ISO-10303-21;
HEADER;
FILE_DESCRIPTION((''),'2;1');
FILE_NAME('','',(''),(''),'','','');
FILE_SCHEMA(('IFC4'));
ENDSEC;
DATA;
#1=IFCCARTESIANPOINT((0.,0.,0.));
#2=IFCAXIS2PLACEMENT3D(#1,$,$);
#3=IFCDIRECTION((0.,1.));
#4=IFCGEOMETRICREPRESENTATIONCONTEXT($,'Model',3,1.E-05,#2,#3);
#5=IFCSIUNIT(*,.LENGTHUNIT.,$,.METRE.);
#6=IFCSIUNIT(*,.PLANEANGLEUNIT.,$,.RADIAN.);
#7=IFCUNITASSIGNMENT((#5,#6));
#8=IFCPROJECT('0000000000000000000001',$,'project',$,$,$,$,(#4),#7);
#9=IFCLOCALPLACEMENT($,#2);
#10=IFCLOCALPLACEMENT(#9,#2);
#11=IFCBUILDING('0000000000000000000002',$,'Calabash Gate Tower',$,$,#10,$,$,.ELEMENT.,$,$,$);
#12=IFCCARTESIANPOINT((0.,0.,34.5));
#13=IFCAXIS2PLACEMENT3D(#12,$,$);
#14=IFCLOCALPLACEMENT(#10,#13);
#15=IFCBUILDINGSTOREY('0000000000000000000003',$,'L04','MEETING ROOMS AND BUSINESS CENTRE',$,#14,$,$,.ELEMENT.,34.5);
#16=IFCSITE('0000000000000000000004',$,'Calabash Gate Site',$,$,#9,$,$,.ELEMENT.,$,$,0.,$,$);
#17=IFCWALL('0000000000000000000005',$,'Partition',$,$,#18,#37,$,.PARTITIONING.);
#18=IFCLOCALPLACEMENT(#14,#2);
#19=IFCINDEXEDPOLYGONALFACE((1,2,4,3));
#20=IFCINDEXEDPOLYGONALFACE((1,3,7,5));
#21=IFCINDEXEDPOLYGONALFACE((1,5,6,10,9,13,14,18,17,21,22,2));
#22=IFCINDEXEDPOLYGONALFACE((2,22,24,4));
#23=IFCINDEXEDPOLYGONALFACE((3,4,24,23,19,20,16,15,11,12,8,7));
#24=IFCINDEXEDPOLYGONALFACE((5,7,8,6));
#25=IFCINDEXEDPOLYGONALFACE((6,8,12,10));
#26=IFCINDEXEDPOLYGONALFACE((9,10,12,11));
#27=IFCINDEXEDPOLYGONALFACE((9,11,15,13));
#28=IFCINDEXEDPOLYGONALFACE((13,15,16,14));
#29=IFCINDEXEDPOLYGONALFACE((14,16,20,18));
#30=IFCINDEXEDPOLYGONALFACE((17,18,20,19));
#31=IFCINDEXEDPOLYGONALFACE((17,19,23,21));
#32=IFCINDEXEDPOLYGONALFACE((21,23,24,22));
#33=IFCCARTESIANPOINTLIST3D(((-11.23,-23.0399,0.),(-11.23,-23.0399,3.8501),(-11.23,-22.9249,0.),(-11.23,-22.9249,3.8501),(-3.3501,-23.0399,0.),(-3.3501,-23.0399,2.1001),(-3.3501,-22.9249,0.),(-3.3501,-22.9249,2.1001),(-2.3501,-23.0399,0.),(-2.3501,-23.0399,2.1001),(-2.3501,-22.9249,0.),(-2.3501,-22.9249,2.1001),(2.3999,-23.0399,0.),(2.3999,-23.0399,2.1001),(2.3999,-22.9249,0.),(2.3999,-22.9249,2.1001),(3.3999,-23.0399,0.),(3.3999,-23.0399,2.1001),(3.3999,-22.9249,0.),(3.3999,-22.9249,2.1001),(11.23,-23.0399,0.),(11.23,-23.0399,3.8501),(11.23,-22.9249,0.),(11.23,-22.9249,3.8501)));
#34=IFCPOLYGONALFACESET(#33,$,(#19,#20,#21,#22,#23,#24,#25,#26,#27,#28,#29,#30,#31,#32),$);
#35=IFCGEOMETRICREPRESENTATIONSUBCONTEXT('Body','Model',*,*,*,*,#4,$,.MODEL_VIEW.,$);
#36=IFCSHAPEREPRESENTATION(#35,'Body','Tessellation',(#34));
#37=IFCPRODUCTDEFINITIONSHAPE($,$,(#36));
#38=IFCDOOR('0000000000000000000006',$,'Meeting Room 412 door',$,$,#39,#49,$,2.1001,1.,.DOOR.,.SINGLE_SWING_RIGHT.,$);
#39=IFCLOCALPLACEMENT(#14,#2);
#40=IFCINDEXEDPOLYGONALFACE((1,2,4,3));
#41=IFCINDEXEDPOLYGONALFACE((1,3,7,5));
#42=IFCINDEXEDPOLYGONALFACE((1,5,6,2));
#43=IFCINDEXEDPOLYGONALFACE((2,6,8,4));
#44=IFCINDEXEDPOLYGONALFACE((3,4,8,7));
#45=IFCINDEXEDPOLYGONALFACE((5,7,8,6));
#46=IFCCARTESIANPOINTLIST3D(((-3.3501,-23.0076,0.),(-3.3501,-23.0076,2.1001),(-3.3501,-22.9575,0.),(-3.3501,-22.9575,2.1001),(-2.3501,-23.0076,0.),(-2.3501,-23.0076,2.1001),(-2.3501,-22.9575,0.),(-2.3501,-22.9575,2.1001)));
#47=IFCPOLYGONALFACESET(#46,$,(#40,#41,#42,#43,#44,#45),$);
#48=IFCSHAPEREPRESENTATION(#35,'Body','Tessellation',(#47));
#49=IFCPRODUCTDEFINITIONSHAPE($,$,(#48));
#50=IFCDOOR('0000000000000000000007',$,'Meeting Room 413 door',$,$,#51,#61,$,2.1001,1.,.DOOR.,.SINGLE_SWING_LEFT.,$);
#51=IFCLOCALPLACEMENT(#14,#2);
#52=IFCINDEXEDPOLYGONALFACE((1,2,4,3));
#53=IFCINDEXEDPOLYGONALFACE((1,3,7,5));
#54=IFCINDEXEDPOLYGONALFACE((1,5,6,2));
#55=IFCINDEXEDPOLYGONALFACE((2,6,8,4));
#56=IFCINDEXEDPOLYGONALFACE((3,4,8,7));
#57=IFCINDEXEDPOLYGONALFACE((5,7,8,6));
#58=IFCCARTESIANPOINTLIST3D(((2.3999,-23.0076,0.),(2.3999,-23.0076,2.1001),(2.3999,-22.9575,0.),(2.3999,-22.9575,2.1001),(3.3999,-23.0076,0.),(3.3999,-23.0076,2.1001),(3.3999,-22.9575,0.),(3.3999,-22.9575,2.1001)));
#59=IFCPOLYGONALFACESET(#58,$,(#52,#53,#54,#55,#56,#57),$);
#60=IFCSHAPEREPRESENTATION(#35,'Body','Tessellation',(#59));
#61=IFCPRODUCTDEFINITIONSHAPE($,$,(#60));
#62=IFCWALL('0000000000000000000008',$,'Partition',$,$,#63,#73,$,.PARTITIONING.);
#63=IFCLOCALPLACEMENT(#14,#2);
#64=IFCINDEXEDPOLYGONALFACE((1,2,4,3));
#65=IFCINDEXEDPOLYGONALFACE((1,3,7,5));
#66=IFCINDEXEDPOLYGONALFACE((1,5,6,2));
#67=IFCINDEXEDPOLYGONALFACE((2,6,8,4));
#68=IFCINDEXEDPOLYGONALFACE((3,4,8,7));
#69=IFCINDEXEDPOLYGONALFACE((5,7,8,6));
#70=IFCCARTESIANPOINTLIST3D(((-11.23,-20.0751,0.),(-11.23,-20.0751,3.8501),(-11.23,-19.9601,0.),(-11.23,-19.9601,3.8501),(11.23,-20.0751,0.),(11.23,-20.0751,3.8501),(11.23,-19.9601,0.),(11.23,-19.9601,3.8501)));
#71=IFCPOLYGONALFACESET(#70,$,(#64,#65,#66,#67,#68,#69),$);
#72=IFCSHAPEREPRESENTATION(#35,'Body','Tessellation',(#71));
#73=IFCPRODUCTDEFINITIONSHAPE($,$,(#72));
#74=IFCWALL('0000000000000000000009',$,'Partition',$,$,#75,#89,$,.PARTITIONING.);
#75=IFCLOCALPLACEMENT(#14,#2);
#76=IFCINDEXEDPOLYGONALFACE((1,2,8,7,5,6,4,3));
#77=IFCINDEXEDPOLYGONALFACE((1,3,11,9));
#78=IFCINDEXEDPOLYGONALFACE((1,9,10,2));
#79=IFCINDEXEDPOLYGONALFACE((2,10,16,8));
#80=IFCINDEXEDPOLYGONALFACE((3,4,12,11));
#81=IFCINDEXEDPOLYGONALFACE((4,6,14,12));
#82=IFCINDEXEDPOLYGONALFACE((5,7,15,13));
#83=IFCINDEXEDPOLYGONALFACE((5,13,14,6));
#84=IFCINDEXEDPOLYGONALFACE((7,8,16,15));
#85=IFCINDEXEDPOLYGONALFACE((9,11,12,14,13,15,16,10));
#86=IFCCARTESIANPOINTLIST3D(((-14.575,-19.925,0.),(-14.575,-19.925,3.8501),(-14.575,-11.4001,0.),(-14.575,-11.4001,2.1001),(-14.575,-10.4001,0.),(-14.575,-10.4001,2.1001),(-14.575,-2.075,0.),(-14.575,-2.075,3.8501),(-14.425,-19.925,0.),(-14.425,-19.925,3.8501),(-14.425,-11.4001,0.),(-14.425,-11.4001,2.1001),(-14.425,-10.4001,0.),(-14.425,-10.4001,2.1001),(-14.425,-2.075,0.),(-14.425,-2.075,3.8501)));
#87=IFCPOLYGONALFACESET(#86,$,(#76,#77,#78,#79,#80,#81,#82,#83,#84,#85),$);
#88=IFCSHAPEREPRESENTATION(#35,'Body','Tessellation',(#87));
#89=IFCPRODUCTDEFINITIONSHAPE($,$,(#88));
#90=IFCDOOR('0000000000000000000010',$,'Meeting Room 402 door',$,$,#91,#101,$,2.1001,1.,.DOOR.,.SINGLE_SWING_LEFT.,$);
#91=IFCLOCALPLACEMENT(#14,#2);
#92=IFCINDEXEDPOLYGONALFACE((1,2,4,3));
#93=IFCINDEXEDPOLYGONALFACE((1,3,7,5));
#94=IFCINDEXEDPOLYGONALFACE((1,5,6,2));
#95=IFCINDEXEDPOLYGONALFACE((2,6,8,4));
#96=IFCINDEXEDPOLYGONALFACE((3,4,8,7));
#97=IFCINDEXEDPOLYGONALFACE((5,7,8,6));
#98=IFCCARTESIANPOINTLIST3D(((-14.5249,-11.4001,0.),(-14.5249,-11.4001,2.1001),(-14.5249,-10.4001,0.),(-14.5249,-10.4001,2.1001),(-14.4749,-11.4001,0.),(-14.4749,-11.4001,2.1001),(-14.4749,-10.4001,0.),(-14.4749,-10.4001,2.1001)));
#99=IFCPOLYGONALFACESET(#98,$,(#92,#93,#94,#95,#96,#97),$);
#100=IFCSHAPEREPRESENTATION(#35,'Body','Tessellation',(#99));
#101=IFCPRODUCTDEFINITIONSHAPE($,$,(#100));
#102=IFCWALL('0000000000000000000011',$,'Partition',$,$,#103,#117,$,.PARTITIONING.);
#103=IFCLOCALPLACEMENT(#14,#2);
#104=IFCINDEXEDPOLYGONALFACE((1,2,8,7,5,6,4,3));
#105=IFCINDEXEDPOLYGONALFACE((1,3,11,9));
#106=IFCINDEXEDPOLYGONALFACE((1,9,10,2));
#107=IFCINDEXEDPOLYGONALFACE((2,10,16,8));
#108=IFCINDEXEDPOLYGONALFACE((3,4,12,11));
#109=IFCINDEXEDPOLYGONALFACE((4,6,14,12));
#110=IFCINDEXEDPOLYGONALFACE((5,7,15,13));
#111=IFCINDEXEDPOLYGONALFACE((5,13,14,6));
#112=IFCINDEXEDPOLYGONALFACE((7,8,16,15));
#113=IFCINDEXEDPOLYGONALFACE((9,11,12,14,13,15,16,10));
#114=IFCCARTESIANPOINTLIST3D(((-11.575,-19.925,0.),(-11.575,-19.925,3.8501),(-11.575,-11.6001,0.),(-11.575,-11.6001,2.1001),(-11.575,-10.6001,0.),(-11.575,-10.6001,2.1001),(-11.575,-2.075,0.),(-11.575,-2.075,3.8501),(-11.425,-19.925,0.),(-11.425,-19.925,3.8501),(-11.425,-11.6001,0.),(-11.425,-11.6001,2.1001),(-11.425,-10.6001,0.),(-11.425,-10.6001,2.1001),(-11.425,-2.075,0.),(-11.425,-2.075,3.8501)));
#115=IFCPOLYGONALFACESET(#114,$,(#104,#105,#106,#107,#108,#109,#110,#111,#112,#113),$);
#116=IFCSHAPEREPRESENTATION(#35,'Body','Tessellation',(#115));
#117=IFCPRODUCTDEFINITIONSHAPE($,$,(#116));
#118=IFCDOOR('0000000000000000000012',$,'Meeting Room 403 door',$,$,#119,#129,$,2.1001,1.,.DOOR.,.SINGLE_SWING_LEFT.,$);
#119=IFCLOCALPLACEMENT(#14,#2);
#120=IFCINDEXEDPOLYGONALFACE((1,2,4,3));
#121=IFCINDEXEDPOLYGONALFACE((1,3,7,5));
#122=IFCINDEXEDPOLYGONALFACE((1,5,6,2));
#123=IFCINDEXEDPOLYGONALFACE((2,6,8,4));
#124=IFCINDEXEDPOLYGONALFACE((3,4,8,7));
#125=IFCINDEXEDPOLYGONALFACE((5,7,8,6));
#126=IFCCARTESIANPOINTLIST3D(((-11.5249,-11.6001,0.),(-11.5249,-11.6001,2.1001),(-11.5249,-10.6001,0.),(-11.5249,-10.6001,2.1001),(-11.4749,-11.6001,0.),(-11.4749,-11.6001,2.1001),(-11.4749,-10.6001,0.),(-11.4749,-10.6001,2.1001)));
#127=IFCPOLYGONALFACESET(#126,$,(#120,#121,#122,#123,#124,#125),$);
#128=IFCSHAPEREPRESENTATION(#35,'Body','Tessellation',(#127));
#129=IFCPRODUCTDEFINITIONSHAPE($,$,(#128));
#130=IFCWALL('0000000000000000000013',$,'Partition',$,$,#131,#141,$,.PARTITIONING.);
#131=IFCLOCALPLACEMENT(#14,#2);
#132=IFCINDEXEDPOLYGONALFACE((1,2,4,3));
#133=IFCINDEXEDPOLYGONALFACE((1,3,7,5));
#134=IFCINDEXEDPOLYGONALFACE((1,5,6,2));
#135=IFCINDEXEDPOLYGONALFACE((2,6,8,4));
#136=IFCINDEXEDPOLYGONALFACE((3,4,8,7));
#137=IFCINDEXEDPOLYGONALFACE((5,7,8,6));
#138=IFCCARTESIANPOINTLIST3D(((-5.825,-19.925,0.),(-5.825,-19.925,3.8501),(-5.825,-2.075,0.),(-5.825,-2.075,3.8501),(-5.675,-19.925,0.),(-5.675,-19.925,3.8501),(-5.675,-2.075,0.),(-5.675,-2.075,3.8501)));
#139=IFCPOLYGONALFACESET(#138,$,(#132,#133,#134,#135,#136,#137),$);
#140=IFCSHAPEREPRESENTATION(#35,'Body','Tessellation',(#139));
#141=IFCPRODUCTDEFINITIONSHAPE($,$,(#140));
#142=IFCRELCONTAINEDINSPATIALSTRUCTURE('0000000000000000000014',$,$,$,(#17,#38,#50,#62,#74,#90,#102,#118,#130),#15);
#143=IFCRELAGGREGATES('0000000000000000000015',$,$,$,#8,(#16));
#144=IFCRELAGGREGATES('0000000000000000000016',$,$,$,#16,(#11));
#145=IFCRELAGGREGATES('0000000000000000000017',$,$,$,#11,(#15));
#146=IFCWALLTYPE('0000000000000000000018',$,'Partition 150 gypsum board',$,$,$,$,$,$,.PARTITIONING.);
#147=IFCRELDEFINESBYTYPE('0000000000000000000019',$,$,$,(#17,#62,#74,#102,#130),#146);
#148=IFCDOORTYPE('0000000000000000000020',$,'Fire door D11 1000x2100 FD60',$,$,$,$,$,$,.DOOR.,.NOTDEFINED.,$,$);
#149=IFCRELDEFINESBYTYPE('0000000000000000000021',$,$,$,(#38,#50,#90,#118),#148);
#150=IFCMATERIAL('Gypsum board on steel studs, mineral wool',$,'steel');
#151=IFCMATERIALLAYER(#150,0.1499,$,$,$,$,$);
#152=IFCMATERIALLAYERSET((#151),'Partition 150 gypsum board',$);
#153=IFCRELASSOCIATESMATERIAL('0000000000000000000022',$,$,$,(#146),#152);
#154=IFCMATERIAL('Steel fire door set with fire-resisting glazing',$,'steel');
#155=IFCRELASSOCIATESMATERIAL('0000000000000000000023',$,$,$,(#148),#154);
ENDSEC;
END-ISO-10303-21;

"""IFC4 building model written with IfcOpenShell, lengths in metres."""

from ifc_helpers import new_model, si_unit, direction, frame, frame_2d, origin, place, context, subcontext, project, spatial, rectangle, extrude, material, layer, layer_set, type_object, element, fill, save


model = new_model("IFC4")

# Units and contexts
model_context = context("Model", 3, precision=1e-05, world=origin(), true_north=direction((0.0, 1.0)))
body_context = subcontext(model_context, "Body", "Model", "MODEL_VIEW")
ifc_project = project(units=[si_unit("LENGTHUNIT", "METRE"), si_unit("PLANEANGLEUNIT", "RADIAN")], contexts=[model_context])

# Site, building, storey
site_placement = place(None, origin())
site = spatial("IfcSite", under=ifc_project, at=site_placement, Name="Calabash Gate Site", CompositionType="ELEMENT", RefElevation=0.0)
building_placement = place(site_placement, origin())
building = spatial("IfcBuilding", under=site, at=building_placement, Name="Calabash Gate Tower", CompositionType="ELEMENT")
storey_placement = place(building_placement, frame((0.0, 0.0, 34.5)))
storey = spatial("IfcBuildingStorey", under=building, at=storey_placement, Name="L04", Description="MEETING ROOMS AND BUSINESS CENTRE", CompositionType="ELEMENT", Elevation=34.5)

# Wall, openings, doors
ifc_material_1 = material(Name="Gypsum board on steel studs, mineral wool", Category="steel")
ifc_layer = layer(ifc_material_1, 0.1499)
ifc_layer_set = layer_set([ifc_layer], Name="Partition 150 gypsum board")
wall_type = type_object("IfcWallType", Name="Partition 150 gypsum board", PredefinedType="PARTITIONING", material=ifc_layer_set)
wall_1_placement = place(storey_placement, frame((-11.23, -22.9824, 0.0), z_axis=(0.0, 0.0, 1.0), x_axis=(1.0, 0.0, 0.0)))
wall_1 = element("IfcWall", 1, at=wall_1_placement, inside=storey, type_object=wall_type, Name="Partition", PredefinedType="PARTITIONING", context=body_context, shape_type="SweptSolid", body=[
    extrude(rectangle(XDim=22.46, YDim=0.115, at=frame_2d((11.23, 0.0))), origin(), (0.0, 0.0, 1.0), 3.8501),
])
opening_1_placement = place(wall_1_placement, frame((7.8799, 0.0, 0.0)))
opening_1 = element("IfcOpeningElement", 2, at=opening_1_placement, cuts=wall_1, PredefinedType="OPENING", context=body_context, shape_type="SweptSolid", body=[
    extrude(rectangle(XDim=1.0, YDim=2.1001, at=frame_2d((0.5, 1.05))), frame((0.0, 0.0674, 0.0), z_axis=(0.0, -1.0, 0.0), x_axis=(1.0, 0.0, 0.0)), (0.0, 0.0, 1.0), 0.135),
])
opening_2_placement = place(wall_1_placement, frame((13.6299, 0.0, 0.0)))
opening_2 = element("IfcOpeningElement", 3, at=opening_2_placement, cuts=wall_1, PredefinedType="OPENING", context=body_context, shape_type="SweptSolid", body=[
    extrude(rectangle(XDim=1.0, YDim=2.1001, at=frame_2d((0.5, 1.05))), frame((0.0, 0.0674, 0.0), z_axis=(0.0, -1.0, 0.0), x_axis=(1.0, 0.0, 0.0)), (0.0, 0.0, 1.0), 0.135),
])
ifc_material_2 = material(Name="Steel fire door set with fire-resisting glazing", Category="steel")
door_type = type_object("IfcDoorType", Name="Fire door D11 1000x2100 FD60", OperationType="NOTDEFINED", PredefinedType="DOOR", material=ifc_material_2)
door_1_placement = place(opening_1_placement, origin())
door_1 = element("IfcDoor", 4, at=door_1_placement, inside=storey, type_object=door_type, Name="Meeting Room 412 door", OperationType="SINGLE_SWING_RIGHT", OverallHeight=2.1001, OverallWidth=1.0, PredefinedType="DOOR", context=body_context, shape_type="SweptSolid", body=[
    extrude(rectangle(XDim=1.0, YDim=2.1001, at=frame_2d((0.5, 1.05))), frame((0.0, 0.0249, 0.0), z_axis=(0.0, -1.0, 0.0), x_axis=(1.0, 0.0, 0.0)), (0.0, 0.0, 1.0), 0.05),
])
fill(opening_1, door_1)
door_2_placement = place(opening_2_placement, origin())
door_2 = element("IfcDoor", 5, at=door_2_placement, inside=storey, type_object=door_type, Name="Meeting Room 413 door", OperationType="SINGLE_SWING_LEFT", OverallHeight=2.1001, OverallWidth=1.0, PredefinedType="DOOR", context=body_context, shape_type="SweptSolid", body=[
    extrude(rectangle(XDim=1.0, YDim=2.1001, at=frame_2d((0.5, 1.05))), frame((0.0, 0.0249, 0.0), z_axis=(0.0, -1.0, 0.0), x_axis=(1.0, 0.0, 0.0)), (0.0, 0.0, 1.0), 0.05),
])
fill(opening_2, door_2)

# Wall
wall_2_placement = place(storey_placement, frame((-11.23, -20.0176, 0.0), z_axis=(0.0, 0.0, 1.0), x_axis=(1.0, 0.0, 0.0)))
element("IfcWall", 6, at=wall_2_placement, inside=storey, type_object=wall_type, Name="Partition", PredefinedType="PARTITIONING", context=body_context, shape_type="SweptSolid", body=[
    extrude(rectangle(XDim=22.46, YDim=0.115, at=frame_2d((11.23, 0.0))), origin(), (0.0, 0.0, 1.0), 3.8501),
])

# Walls, openings, doors
wall_3_placement = place(storey_placement, frame((-14.5, -19.925, 0.0), z_axis=(0.0, 0.0, 1.0), x_axis=(0.0, 1.0, 0.0)))
wall_3 = element("IfcWall", 7, at=wall_3_placement, inside=storey, type_object=wall_type, Name="Partition", PredefinedType="PARTITIONING", context=body_context, shape_type="SweptSolid", body=[
    extrude(rectangle(XDim=17.8501, YDim=0.1499, at=frame_2d((8.925, 0.0))), origin(), (0.0, 0.0, 1.0), 3.8501),
])
opening_3_placement = place(wall_3_placement, frame((8.5249, 0.0, 0.0)))
opening_3 = element("IfcOpeningElement", 8, at=opening_3_placement, cuts=wall_3, PredefinedType="OPENING", context=body_context, shape_type="SweptSolid", body=[
    extrude(rectangle(XDim=1.0, YDim=2.1001, at=frame_2d((0.5, 1.05))), frame((0.0, 0.085, 0.0), z_axis=(0.0, -1.0, 0.0), x_axis=(1.0, 0.0, 0.0)), (0.0, 0.0, 1.0), 0.1699),
])
door_3_placement = place(opening_3_placement, origin())
door_3 = element("IfcDoor", 9, at=door_3_placement, inside=storey, type_object=door_type, Name="Meeting Room 402 door", OperationType="SINGLE_SWING_LEFT", OverallHeight=2.1001, OverallWidth=1.0, PredefinedType="DOOR", context=body_context, shape_type="SweptSolid", body=[
    extrude(rectangle(XDim=1.0, YDim=2.1001, at=frame_2d((0.5, 1.05))), frame((0.0, 0.0249, 0.0), z_axis=(0.0, -1.0, 0.0), x_axis=(1.0, 0.0, 0.0)), (0.0, 0.0, 1.0), 0.05),
])
fill(opening_3, door_3)
wall_4_placement = place(storey_placement, frame((-11.5, -19.925, 0.0), z_axis=(0.0, 0.0, 1.0), x_axis=(0.0, 1.0, 0.0)))
wall_4 = element("IfcWall", 10, at=wall_4_placement, inside=storey, type_object=wall_type, Name="Partition", PredefinedType="PARTITIONING", context=body_context, shape_type="SweptSolid", body=[
    extrude(rectangle(XDim=17.8501, YDim=0.1499, at=frame_2d((8.925, 0.0))), origin(), (0.0, 0.0, 1.0), 3.8501),
])
opening_4_placement = place(wall_4_placement, frame((8.325, 0.0, 0.0)))
opening_4 = element("IfcOpeningElement", 11, at=opening_4_placement, cuts=wall_4, PredefinedType="OPENING", context=body_context, shape_type="SweptSolid", body=[
    extrude(rectangle(XDim=1.0, YDim=2.1001, at=frame_2d((0.5, 1.05))), frame((0.0, 0.085, 0.0), z_axis=(0.0, -1.0, 0.0), x_axis=(1.0, 0.0, 0.0)), (0.0, 0.0, 1.0), 0.1699),
])
door_4_placement = place(opening_4_placement, origin())
door_4 = element("IfcDoor", 12, at=door_4_placement, inside=storey, type_object=door_type, Name="Meeting Room 403 door", OperationType="SINGLE_SWING_LEFT", OverallHeight=2.1001, OverallWidth=1.0, PredefinedType="DOOR", context=body_context, shape_type="SweptSolid", body=[
    extrude(rectangle(XDim=1.0, YDim=2.1001, at=frame_2d((0.5, 1.05))), frame((0.0, 0.0249, 0.0), z_axis=(0.0, -1.0, 0.0), x_axis=(1.0, 0.0, 0.0)), (0.0, 0.0, 1.0), 0.05),
])
fill(opening_4, door_4)

# Wall
wall_5_placement = place(storey_placement, frame((-5.75, -19.925, 0.0), z_axis=(0.0, 0.0, 1.0), x_axis=(0.0, 1.0, 0.0)))
element("IfcWall", 13, at=wall_5_placement, inside=storey, type_object=wall_type, Name="Partition", PredefinedType="PARTITIONING", context=body_context, shape_type="SweptSolid", body=[
    extrude(rectangle(XDim=17.8501, YDim=0.1499, at=frame_2d((8.925, 0.0))), origin(), (0.0, 0.0, 1.0), 3.8501),
])

save(model, "model.ifc")
